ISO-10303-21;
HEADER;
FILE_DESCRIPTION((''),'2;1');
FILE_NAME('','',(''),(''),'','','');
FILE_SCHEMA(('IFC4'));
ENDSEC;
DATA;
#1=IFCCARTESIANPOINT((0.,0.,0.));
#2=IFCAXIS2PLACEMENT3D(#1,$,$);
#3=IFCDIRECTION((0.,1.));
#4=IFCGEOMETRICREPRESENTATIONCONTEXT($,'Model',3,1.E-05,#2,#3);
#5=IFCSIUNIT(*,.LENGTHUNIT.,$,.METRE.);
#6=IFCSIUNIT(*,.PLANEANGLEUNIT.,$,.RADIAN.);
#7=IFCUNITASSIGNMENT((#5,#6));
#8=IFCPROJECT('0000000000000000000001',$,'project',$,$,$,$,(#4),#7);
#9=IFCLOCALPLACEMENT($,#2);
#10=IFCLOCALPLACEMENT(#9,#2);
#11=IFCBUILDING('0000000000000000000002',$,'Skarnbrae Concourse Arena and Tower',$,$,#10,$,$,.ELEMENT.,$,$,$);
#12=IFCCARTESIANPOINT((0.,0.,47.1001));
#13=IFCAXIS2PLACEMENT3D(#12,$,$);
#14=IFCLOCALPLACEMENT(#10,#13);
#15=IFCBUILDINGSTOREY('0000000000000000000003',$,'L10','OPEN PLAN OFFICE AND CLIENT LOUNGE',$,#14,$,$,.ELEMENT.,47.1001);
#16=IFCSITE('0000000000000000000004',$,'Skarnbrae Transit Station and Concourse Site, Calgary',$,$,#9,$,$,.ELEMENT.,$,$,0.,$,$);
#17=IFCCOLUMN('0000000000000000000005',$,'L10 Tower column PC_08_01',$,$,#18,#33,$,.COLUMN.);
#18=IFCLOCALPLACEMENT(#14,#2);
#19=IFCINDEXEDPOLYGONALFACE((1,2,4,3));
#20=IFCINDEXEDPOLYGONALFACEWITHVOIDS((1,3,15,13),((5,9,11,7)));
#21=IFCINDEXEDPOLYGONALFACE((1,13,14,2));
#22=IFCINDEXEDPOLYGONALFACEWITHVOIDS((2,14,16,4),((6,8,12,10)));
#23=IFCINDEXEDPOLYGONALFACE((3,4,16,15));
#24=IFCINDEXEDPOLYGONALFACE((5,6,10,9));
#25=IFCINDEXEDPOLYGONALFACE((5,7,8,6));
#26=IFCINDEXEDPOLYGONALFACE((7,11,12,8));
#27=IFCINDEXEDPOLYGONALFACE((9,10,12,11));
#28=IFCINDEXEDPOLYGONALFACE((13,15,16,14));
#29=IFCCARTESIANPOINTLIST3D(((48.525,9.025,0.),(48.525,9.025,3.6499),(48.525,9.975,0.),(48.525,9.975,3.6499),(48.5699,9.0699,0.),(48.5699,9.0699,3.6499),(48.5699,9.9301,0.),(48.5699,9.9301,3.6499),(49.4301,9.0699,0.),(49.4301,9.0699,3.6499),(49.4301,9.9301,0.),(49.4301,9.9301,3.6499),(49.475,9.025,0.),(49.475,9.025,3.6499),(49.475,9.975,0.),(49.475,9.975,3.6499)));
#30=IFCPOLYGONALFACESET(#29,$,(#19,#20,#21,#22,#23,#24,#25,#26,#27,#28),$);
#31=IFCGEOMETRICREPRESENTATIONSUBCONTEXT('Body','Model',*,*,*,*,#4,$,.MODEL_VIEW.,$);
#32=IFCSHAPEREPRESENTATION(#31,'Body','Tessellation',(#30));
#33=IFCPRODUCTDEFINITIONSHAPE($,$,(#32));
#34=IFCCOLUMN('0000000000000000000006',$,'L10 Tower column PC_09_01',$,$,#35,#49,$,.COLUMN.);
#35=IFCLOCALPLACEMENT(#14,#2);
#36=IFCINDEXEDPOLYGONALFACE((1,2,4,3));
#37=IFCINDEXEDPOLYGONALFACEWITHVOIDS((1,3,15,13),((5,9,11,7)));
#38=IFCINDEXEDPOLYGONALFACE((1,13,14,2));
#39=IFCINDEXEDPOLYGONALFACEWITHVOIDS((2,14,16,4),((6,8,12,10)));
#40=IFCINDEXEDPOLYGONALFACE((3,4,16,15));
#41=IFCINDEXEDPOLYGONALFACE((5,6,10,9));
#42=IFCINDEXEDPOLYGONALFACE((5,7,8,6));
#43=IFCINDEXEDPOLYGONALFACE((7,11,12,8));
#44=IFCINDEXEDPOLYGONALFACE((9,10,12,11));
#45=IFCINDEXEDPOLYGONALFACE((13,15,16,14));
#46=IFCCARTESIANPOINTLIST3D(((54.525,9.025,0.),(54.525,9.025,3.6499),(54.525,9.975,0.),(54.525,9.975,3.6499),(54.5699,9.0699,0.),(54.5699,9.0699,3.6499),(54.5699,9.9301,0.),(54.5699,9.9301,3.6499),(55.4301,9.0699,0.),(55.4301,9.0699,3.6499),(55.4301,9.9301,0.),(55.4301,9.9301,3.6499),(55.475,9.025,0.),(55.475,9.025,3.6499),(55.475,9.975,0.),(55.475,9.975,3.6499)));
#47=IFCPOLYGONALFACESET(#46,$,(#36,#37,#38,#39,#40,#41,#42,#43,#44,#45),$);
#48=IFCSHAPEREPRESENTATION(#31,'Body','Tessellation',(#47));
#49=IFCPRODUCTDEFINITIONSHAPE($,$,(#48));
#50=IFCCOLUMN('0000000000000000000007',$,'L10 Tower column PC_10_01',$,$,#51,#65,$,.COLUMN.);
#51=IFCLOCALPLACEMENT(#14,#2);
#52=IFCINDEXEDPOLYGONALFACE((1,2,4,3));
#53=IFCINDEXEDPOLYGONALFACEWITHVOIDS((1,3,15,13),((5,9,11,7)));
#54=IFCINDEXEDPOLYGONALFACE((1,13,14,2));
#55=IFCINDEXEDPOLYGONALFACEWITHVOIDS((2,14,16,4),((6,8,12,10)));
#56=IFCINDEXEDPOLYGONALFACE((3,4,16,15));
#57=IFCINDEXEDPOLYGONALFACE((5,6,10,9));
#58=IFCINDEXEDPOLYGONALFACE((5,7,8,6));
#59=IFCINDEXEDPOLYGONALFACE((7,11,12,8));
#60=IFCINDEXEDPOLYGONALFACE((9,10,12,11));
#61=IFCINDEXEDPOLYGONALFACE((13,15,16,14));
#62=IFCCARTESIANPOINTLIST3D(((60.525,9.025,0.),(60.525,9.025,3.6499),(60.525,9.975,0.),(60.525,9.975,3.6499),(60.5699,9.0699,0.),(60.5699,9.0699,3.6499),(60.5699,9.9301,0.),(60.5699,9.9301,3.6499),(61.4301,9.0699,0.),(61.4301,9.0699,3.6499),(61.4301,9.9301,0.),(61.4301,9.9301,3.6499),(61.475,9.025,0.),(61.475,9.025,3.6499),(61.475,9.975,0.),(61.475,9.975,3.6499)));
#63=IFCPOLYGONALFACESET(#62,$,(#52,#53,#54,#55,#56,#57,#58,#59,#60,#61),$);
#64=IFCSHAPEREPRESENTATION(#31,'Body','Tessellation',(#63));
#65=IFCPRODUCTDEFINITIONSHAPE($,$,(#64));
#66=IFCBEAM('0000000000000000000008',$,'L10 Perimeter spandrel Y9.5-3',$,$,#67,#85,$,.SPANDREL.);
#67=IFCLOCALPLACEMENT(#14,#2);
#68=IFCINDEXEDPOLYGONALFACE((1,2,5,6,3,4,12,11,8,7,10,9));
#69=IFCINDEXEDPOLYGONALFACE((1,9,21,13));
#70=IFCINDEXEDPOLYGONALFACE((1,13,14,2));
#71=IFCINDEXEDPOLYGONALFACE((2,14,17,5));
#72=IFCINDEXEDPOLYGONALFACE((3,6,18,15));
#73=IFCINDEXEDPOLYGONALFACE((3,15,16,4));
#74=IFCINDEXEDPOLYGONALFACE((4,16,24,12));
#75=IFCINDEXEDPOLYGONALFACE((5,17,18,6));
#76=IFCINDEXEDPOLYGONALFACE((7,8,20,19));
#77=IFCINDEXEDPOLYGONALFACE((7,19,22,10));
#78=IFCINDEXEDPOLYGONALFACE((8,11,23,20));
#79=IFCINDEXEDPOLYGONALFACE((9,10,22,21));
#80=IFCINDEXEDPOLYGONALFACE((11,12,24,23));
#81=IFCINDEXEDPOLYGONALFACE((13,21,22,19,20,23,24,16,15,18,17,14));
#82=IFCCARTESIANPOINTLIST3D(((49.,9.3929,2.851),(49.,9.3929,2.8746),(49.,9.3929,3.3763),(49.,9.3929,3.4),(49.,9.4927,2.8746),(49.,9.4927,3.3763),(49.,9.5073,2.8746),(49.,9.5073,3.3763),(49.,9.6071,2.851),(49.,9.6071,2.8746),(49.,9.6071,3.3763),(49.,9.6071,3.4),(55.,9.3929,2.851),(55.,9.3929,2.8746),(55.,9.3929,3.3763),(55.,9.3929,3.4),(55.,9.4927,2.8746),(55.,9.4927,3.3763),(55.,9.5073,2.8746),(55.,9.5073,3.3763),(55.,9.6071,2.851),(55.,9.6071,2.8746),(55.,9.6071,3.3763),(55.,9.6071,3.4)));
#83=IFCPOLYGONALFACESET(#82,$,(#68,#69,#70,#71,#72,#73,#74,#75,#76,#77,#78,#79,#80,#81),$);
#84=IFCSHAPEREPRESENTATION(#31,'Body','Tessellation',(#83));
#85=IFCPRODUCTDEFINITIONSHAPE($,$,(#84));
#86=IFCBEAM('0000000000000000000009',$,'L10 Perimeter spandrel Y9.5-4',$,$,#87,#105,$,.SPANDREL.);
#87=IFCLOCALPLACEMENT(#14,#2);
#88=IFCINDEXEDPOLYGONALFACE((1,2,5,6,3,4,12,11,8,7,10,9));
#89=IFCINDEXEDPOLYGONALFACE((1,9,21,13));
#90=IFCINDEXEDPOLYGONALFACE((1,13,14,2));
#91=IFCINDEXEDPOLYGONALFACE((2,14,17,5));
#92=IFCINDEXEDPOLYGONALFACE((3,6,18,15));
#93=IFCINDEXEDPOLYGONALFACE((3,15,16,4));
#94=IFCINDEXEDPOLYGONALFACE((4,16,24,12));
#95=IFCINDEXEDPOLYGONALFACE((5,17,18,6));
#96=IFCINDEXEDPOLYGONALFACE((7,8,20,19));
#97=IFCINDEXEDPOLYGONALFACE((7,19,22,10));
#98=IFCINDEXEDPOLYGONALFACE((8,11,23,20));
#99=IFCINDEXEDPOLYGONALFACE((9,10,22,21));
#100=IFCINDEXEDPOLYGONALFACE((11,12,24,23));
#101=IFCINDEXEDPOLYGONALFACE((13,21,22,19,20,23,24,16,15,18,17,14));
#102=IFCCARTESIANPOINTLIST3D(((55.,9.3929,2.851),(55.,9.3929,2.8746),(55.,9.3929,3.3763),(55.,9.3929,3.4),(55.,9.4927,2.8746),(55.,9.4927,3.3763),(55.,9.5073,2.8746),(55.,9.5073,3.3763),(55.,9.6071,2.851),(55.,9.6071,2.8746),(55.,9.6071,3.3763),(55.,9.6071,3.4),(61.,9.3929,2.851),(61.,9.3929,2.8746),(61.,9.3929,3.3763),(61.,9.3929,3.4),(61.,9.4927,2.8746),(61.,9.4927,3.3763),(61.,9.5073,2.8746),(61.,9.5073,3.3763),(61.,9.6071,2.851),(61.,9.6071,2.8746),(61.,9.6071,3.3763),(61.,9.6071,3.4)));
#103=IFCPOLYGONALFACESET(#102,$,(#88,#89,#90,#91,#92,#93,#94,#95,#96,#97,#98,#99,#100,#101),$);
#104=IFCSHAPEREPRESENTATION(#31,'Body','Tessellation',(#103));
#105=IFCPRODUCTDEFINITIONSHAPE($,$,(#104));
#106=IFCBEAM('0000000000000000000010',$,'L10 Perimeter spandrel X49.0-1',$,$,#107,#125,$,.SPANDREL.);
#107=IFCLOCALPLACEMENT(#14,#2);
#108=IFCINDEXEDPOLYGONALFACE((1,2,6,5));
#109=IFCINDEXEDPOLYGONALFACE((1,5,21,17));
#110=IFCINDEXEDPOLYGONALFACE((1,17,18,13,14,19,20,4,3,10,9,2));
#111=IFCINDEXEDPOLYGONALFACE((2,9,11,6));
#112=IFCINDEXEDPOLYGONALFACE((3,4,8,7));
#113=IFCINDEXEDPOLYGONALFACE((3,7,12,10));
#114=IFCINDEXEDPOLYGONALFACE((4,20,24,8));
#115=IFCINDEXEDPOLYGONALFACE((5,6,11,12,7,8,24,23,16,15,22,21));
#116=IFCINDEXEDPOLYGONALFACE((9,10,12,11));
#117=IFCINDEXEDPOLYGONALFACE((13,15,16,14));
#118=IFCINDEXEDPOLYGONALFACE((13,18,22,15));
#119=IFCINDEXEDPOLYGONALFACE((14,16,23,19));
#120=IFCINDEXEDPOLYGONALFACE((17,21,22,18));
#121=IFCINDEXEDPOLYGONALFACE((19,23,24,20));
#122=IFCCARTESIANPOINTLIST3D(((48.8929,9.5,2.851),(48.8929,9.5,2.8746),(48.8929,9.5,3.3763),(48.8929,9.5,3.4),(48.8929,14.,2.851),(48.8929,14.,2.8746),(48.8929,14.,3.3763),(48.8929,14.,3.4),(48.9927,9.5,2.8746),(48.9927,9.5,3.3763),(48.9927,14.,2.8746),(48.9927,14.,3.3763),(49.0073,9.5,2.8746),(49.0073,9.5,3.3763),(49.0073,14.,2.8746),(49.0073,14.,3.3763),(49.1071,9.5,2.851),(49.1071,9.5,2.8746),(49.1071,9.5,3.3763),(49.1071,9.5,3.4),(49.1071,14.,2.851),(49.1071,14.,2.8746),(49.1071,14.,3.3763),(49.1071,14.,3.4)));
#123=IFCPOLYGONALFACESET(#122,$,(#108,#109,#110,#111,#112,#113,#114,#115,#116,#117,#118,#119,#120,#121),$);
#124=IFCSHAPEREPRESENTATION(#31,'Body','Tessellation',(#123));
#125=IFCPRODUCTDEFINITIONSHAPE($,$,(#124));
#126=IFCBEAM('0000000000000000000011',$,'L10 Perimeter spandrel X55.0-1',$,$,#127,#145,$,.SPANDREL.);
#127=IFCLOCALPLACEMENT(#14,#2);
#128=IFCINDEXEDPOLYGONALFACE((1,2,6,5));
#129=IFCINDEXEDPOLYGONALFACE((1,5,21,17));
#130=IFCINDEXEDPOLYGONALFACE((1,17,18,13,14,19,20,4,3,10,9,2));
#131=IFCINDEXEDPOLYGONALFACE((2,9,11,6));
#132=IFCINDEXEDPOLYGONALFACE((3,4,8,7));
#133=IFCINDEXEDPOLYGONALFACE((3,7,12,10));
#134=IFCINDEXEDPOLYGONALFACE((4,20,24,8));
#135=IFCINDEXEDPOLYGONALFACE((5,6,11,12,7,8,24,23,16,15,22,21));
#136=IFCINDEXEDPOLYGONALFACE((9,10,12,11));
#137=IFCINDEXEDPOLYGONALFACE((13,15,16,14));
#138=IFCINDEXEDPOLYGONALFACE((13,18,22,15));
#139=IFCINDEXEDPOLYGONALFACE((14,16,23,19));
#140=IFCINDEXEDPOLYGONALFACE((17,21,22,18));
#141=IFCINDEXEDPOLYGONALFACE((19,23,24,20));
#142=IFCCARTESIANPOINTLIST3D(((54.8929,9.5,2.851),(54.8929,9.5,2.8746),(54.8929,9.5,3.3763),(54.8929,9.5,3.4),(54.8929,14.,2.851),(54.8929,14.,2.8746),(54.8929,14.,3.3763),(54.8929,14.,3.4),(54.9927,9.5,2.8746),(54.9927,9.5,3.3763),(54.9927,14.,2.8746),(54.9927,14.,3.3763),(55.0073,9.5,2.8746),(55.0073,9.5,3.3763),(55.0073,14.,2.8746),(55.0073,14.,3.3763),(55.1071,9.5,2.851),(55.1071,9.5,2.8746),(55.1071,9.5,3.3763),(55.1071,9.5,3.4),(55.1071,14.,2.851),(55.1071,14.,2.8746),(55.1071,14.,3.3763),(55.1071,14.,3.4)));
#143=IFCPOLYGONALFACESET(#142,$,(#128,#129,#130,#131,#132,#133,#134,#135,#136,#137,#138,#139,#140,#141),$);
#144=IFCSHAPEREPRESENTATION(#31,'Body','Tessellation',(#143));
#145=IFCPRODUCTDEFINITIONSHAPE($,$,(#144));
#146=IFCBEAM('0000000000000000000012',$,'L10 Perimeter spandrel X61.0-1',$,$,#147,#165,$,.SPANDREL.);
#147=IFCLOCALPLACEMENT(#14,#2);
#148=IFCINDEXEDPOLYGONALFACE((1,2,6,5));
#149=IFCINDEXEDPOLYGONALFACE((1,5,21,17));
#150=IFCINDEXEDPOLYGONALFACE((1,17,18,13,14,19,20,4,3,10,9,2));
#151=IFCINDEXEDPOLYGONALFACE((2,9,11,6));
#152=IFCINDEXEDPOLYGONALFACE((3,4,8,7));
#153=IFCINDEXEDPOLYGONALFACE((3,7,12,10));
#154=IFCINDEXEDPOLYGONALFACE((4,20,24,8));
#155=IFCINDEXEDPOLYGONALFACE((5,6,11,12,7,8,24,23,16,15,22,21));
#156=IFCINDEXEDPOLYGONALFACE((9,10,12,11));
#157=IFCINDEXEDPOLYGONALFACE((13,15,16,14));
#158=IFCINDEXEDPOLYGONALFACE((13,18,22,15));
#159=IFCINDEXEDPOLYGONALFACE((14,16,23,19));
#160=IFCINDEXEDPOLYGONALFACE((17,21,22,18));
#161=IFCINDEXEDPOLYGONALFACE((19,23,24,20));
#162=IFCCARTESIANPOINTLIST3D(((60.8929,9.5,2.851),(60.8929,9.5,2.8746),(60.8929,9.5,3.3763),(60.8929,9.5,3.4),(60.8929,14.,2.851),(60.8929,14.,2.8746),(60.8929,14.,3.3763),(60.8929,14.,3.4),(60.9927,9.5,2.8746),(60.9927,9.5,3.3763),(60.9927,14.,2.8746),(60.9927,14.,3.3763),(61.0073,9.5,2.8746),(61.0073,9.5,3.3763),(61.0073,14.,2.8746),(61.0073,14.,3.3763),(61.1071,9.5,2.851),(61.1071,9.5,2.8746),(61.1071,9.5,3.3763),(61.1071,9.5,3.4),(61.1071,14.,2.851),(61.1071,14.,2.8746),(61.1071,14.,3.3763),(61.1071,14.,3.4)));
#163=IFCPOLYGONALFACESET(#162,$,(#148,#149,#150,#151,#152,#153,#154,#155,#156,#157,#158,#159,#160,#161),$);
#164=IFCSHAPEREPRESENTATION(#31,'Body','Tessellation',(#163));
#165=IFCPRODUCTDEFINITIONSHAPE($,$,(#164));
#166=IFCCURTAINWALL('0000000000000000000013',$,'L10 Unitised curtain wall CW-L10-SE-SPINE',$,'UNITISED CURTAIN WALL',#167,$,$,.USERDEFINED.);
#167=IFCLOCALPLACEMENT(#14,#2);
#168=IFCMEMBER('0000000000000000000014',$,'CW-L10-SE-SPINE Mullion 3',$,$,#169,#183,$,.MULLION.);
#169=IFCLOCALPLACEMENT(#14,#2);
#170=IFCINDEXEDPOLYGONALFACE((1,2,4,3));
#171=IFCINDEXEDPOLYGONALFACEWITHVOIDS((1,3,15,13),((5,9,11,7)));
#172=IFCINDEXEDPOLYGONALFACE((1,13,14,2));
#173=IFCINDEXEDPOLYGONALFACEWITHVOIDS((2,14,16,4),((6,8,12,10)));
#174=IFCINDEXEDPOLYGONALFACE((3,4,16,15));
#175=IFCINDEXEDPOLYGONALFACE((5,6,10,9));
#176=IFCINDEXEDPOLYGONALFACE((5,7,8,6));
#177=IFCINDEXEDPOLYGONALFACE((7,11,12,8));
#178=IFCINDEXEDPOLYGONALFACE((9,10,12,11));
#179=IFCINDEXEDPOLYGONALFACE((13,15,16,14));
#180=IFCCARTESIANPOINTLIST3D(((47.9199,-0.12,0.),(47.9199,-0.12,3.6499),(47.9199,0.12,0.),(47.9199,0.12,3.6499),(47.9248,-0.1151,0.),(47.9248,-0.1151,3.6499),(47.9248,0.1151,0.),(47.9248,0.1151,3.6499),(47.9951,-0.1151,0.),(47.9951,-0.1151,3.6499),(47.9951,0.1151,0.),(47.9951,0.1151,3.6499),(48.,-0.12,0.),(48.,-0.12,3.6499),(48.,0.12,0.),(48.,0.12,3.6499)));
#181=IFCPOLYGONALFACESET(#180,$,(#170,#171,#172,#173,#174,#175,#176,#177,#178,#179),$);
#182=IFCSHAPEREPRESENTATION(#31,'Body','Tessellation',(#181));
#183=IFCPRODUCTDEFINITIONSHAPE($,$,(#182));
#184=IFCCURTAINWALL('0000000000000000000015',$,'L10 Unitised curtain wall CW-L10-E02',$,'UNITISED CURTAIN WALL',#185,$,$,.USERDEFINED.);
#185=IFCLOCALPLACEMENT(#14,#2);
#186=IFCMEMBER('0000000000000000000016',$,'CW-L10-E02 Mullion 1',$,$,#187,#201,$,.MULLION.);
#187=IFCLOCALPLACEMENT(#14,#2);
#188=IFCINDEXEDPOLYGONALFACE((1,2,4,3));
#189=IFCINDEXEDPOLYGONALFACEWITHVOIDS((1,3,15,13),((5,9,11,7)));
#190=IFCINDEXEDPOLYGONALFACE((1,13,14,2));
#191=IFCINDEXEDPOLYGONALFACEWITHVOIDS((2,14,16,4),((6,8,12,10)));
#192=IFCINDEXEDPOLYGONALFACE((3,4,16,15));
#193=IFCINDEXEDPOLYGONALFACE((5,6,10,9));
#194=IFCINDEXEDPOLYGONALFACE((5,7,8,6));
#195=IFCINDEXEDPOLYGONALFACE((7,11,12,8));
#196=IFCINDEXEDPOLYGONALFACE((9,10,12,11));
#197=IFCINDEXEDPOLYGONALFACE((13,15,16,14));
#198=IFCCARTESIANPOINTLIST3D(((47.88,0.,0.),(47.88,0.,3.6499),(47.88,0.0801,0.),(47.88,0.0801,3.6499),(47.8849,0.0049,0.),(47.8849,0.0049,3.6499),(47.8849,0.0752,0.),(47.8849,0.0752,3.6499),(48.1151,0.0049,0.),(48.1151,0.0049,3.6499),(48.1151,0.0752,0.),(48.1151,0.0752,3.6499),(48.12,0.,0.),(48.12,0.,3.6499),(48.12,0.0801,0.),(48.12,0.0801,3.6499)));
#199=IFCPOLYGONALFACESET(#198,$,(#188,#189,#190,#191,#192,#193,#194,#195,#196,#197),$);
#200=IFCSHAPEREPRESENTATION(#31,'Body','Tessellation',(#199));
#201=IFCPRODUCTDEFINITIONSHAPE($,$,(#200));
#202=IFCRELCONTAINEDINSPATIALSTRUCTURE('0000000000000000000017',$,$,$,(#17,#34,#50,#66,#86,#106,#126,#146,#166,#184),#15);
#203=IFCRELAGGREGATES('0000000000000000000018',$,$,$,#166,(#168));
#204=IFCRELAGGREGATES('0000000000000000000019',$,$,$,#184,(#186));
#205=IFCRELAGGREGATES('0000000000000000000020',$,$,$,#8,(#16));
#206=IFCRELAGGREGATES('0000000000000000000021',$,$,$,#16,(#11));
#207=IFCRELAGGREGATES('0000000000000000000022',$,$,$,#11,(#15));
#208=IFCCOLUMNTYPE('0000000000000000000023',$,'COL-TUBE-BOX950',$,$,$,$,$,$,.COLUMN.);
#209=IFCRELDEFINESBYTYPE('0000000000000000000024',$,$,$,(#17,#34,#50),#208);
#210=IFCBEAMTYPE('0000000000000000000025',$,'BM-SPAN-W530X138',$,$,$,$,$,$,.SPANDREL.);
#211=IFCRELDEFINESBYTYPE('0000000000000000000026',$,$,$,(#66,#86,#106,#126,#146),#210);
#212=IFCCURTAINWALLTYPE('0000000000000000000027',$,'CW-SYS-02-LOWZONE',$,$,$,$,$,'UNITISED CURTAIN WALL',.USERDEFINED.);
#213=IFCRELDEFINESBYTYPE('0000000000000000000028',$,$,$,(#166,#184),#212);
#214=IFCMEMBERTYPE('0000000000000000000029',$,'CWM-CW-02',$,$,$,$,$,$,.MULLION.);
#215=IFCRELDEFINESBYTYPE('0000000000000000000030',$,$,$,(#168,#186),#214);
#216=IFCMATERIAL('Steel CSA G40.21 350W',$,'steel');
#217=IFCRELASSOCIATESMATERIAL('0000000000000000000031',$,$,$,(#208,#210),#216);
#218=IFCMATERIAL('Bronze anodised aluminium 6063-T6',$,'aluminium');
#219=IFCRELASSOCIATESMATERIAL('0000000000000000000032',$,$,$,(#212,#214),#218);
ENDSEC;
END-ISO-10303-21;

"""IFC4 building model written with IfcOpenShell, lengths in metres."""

from ifc_helpers import new_model, si_unit, direction, frame, origin, origin_2d, place, context, subcontext, project, spatial, hollow_rectangle, i_section, extrude, source, transform, mapped, material, material_profile, profile_set, type_object, element, aggregate, save


model = new_model("IFC4")

# Units and contexts
model_context = context("Model", 3, precision=1e-05, world=origin(), true_north=direction((0.0, 1.0)))
body_context = subcontext(model_context, "Body", "Model", "MODEL_VIEW")
ifc_project = project(units=[si_unit("LENGTHUNIT", "METRE"), si_unit("PLANEANGLEUNIT", "RADIAN")], contexts=[model_context])

# Site, building, storey
site_placement = place(None, origin())
site = spatial("IfcSite", under=ifc_project, at=site_placement, Name="Skarnbrae Transit Station and Concourse Site, Calgary", CompositionType="ELEMENT", RefElevation=0.0)
building_placement = place(site_placement, origin())
building = spatial("IfcBuilding", under=site, at=building_placement, Name="Skarnbrae Concourse Arena and Tower", CompositionType="ELEMENT")
storey_placement = place(building_placement, frame((0.0, 0.0, 47.1001)))
storey = spatial("IfcBuildingStorey", under=building, at=storey_placement, Name="L10", Description="OPEN PLAN OFFICE AND CLIENT LOUNGE", CompositionType="ELEMENT", Elevation=47.1001)

# Columns
ifc_material_1 = material(Name="Steel CSA G40.21 350W", Category="steel")
ifc_material_profile_1 = material_profile(ifc_material_1, hollow_rectangle(XDim=0.95, YDim=0.95, WallThickness=0.0449, at=origin_2d()), Name="BOX950X950X45")
ifc_profile_set_1 = profile_set([ifc_material_profile_1], Name="Steel CSA G40.21 350W")
column_type = type_object("IfcColumnType", Name="COL-TUBE-BOX950", PredefinedType="COLUMN", material=ifc_profile_set_1)
shared_shape_1 = source(origin(), body_context, "Body", "SweptSolid", [
    extrude(hollow_rectangle(XDim=0.95, YDim=0.95, WallThickness=0.0449, at=origin_2d()), origin(), (0.0, 0.0, 1.0), 3.6499),
])
for number, where, z_axis, x_axis, name in (
    (1, (49.0, 9.5, 0.0), (0.0, 0.0, 1.0), (1.0, 0.0, 0.0), "L10 Tower column PC_08_01"),
    (2, (55.0, 9.5, 0.0), (0.0, 0.0, 1.0), (1.0, 0.0, 0.0), "L10 Tower column PC_09_01"),
    (3, (61.0, 9.5, 0.0), (0.0, 0.0, 1.0), (1.0, 0.0, 0.0), "L10 Tower column PC_10_01"),
):
    element("IfcColumn", number, at=place(storey_placement, frame(where, z_axis=z_axis, x_axis=x_axis)), inside=storey, type_object=column_type, Name=name, PredefinedType="COLUMN", context=body_context, shape_type="MappedRepresentation", body=[
        mapped(shared_shape_1, transform((0.0, 0.0, 0.0))),
    ])

# Beams
ifc_material_profile_2 = material_profile(ifc_material_1, i_section(OverallWidth=0.2141, OverallDepth=0.5491, WebThickness=0.0146, FlangeThickness=0.0237, at=origin_2d()), Name="W530X138")
ifc_profile_set_2 = profile_set([ifc_material_profile_2], Name="Steel CSA G40.21 350W")
beam_type = type_object("IfcBeamType", Name="BM-SPAN-W530X138", PredefinedType="SPANDREL", material=ifc_profile_set_2)
shared_shape_2 = source(origin(), body_context, "Body", "SweptSolid", [
    extrude(i_section(OverallWidth=0.2141, OverallDepth=0.5491, WebThickness=0.0146, FlangeThickness=0.0237, at=origin_2d()), origin(), (0.0, 0.0, 1.0), 6.0),
])
for number, where, z_axis, x_axis, name in (
    (4, (49.0, 9.5, 3.1255), (1.0, 0.0, 0.0), (0.0, 1.0, 0.0), "L10 Perimeter spandrel Y9.5-3"),
    (5, (55.0, 9.5, 3.1255), (1.0, 0.0, 0.0), (0.0, 1.0, 0.0), "L10 Perimeter spandrel Y9.5-4"),
):
    element("IfcBeam", number, at=place(storey_placement, frame(where, z_axis=z_axis, x_axis=x_axis)), inside=storey, type_object=beam_type, Name=name, PredefinedType="SPANDREL", context=body_context, shape_type="MappedRepresentation", body=[
        mapped(shared_shape_2, transform((0.0, 0.0, 0.0))),
    ])
shared_shape_3 = source(origin(), body_context, "Body", "SweptSolid", [
    extrude(i_section(OverallWidth=0.2141, OverallDepth=0.5491, WebThickness=0.0146, FlangeThickness=0.0237, at=origin_2d()), origin(), (0.0, 0.0, 1.0), 4.5),
])
for number, where, z_axis, x_axis, name in (
    (6, (49.0, 9.5, 3.1255), (0.0, 1.0, 0.0), (-1.0, 0.0, 0.0), "L10 Perimeter spandrel X49.0-1"),
    (7, (55.0, 9.5, 3.1255), (0.0, 1.0, 0.0), (-1.0, 0.0, 0.0), "L10 Perimeter spandrel X55.0-1"),
    (8, (61.0, 9.5, 3.1255), (0.0, 1.0, 0.0), (-1.0, 0.0, 0.0), "L10 Perimeter spandrel X61.0-1"),
):
    element("IfcBeam", number, at=place(storey_placement, frame(where, z_axis=z_axis, x_axis=x_axis)), inside=storey, type_object=beam_type, Name=name, PredefinedType="SPANDREL", context=body_context, shape_type="MappedRepresentation", body=[
        mapped(shared_shape_3, transform((0.0, 0.0, 0.0))),
    ])

# Curtain wall, member
ifc_material_2 = material(Name="Bronze anodised aluminium 6063-T6", Category="aluminium")
curtain_wall_type = type_object("IfcCurtainWallType", Name="CW-SYS-02-LOWZONE", ElementType="UNITISED CURTAIN WALL", PredefinedType="USERDEFINED", material=ifc_material_2)
curtain_wall_1_placement = place(storey_placement, origin())
curtain_wall_1 = element("IfcCurtainWall", 9, at=curtain_wall_1_placement, inside=storey, type_object=curtain_wall_type, Name="L10 Unitised curtain wall CW-L10-SE-SPINE", ObjectType="UNITISED CURTAIN WALL", PredefinedType="USERDEFINED")
ifc_material_profile_3 = material_profile(ifc_material_2, hollow_rectangle(XDim=0.0801, YDim=0.24, WallThickness=0.0049, at=origin_2d()), Name="ALU-MULL-80X240")
ifc_profile_set_3 = profile_set([ifc_material_profile_3], Name="Bronze anodised aluminium 6063-T6")
member_type_1 = type_object("IfcMemberType", Name="CWM-CW-02", PredefinedType="MULLION", material=ifc_profile_set_3)
shared_shape_4 = source(origin(), body_context, "Body", "SweptSolid", [
    extrude(hollow_rectangle(XDim=0.0801, YDim=0.24, WallThickness=0.0049, at=origin_2d()), origin(), (0.0, 0.0, 1.0), 3.6499),
])
member_1_placement = place(storey_placement, frame((47.96, 0.0, 0.0), z_axis=(0.0, 0.0, 1.0), x_axis=(1.0, 0.0, 0.0)))
member_1 = element("IfcMember", 10, at=member_1_placement, type_object=member_type_1, Name="CW-L10-SE-SPINE Mullion 3", PredefinedType="MULLION", context=body_context, shape_type="MappedRepresentation", body=[
    mapped(shared_shape_4, transform((0.0, 0.0, 0.0))),
])
aggregate(curtain_wall_1, [member_1])

# Curtain wall, member
curtain_wall_2_placement = place(storey_placement, origin())
curtain_wall_2 = element("IfcCurtainWall", 11, at=curtain_wall_2_placement, inside=storey, type_object=curtain_wall_type, Name="L10 Unitised curtain wall CW-L10-E02", ObjectType="UNITISED CURTAIN WALL", PredefinedType="USERDEFINED")
member_2_placement = place(storey_placement, frame((48.0, 0.04, 0.0), z_axis=(0.0, 0.0, 1.0), x_axis=(0.0, 1.0, 0.0)))
member_2 = element("IfcMember", 12, at=member_2_placement, type_object=member_type_1, Name="CW-L10-E02 Mullion 1", PredefinedType="MULLION", context=body_context, shape_type="MappedRepresentation", body=[
    mapped(shared_shape_4, transform((0.0, 0.0, 0.0))),
])

aggregate(curtain_wall_2, [member_2])

save(model, "model.ifc")
